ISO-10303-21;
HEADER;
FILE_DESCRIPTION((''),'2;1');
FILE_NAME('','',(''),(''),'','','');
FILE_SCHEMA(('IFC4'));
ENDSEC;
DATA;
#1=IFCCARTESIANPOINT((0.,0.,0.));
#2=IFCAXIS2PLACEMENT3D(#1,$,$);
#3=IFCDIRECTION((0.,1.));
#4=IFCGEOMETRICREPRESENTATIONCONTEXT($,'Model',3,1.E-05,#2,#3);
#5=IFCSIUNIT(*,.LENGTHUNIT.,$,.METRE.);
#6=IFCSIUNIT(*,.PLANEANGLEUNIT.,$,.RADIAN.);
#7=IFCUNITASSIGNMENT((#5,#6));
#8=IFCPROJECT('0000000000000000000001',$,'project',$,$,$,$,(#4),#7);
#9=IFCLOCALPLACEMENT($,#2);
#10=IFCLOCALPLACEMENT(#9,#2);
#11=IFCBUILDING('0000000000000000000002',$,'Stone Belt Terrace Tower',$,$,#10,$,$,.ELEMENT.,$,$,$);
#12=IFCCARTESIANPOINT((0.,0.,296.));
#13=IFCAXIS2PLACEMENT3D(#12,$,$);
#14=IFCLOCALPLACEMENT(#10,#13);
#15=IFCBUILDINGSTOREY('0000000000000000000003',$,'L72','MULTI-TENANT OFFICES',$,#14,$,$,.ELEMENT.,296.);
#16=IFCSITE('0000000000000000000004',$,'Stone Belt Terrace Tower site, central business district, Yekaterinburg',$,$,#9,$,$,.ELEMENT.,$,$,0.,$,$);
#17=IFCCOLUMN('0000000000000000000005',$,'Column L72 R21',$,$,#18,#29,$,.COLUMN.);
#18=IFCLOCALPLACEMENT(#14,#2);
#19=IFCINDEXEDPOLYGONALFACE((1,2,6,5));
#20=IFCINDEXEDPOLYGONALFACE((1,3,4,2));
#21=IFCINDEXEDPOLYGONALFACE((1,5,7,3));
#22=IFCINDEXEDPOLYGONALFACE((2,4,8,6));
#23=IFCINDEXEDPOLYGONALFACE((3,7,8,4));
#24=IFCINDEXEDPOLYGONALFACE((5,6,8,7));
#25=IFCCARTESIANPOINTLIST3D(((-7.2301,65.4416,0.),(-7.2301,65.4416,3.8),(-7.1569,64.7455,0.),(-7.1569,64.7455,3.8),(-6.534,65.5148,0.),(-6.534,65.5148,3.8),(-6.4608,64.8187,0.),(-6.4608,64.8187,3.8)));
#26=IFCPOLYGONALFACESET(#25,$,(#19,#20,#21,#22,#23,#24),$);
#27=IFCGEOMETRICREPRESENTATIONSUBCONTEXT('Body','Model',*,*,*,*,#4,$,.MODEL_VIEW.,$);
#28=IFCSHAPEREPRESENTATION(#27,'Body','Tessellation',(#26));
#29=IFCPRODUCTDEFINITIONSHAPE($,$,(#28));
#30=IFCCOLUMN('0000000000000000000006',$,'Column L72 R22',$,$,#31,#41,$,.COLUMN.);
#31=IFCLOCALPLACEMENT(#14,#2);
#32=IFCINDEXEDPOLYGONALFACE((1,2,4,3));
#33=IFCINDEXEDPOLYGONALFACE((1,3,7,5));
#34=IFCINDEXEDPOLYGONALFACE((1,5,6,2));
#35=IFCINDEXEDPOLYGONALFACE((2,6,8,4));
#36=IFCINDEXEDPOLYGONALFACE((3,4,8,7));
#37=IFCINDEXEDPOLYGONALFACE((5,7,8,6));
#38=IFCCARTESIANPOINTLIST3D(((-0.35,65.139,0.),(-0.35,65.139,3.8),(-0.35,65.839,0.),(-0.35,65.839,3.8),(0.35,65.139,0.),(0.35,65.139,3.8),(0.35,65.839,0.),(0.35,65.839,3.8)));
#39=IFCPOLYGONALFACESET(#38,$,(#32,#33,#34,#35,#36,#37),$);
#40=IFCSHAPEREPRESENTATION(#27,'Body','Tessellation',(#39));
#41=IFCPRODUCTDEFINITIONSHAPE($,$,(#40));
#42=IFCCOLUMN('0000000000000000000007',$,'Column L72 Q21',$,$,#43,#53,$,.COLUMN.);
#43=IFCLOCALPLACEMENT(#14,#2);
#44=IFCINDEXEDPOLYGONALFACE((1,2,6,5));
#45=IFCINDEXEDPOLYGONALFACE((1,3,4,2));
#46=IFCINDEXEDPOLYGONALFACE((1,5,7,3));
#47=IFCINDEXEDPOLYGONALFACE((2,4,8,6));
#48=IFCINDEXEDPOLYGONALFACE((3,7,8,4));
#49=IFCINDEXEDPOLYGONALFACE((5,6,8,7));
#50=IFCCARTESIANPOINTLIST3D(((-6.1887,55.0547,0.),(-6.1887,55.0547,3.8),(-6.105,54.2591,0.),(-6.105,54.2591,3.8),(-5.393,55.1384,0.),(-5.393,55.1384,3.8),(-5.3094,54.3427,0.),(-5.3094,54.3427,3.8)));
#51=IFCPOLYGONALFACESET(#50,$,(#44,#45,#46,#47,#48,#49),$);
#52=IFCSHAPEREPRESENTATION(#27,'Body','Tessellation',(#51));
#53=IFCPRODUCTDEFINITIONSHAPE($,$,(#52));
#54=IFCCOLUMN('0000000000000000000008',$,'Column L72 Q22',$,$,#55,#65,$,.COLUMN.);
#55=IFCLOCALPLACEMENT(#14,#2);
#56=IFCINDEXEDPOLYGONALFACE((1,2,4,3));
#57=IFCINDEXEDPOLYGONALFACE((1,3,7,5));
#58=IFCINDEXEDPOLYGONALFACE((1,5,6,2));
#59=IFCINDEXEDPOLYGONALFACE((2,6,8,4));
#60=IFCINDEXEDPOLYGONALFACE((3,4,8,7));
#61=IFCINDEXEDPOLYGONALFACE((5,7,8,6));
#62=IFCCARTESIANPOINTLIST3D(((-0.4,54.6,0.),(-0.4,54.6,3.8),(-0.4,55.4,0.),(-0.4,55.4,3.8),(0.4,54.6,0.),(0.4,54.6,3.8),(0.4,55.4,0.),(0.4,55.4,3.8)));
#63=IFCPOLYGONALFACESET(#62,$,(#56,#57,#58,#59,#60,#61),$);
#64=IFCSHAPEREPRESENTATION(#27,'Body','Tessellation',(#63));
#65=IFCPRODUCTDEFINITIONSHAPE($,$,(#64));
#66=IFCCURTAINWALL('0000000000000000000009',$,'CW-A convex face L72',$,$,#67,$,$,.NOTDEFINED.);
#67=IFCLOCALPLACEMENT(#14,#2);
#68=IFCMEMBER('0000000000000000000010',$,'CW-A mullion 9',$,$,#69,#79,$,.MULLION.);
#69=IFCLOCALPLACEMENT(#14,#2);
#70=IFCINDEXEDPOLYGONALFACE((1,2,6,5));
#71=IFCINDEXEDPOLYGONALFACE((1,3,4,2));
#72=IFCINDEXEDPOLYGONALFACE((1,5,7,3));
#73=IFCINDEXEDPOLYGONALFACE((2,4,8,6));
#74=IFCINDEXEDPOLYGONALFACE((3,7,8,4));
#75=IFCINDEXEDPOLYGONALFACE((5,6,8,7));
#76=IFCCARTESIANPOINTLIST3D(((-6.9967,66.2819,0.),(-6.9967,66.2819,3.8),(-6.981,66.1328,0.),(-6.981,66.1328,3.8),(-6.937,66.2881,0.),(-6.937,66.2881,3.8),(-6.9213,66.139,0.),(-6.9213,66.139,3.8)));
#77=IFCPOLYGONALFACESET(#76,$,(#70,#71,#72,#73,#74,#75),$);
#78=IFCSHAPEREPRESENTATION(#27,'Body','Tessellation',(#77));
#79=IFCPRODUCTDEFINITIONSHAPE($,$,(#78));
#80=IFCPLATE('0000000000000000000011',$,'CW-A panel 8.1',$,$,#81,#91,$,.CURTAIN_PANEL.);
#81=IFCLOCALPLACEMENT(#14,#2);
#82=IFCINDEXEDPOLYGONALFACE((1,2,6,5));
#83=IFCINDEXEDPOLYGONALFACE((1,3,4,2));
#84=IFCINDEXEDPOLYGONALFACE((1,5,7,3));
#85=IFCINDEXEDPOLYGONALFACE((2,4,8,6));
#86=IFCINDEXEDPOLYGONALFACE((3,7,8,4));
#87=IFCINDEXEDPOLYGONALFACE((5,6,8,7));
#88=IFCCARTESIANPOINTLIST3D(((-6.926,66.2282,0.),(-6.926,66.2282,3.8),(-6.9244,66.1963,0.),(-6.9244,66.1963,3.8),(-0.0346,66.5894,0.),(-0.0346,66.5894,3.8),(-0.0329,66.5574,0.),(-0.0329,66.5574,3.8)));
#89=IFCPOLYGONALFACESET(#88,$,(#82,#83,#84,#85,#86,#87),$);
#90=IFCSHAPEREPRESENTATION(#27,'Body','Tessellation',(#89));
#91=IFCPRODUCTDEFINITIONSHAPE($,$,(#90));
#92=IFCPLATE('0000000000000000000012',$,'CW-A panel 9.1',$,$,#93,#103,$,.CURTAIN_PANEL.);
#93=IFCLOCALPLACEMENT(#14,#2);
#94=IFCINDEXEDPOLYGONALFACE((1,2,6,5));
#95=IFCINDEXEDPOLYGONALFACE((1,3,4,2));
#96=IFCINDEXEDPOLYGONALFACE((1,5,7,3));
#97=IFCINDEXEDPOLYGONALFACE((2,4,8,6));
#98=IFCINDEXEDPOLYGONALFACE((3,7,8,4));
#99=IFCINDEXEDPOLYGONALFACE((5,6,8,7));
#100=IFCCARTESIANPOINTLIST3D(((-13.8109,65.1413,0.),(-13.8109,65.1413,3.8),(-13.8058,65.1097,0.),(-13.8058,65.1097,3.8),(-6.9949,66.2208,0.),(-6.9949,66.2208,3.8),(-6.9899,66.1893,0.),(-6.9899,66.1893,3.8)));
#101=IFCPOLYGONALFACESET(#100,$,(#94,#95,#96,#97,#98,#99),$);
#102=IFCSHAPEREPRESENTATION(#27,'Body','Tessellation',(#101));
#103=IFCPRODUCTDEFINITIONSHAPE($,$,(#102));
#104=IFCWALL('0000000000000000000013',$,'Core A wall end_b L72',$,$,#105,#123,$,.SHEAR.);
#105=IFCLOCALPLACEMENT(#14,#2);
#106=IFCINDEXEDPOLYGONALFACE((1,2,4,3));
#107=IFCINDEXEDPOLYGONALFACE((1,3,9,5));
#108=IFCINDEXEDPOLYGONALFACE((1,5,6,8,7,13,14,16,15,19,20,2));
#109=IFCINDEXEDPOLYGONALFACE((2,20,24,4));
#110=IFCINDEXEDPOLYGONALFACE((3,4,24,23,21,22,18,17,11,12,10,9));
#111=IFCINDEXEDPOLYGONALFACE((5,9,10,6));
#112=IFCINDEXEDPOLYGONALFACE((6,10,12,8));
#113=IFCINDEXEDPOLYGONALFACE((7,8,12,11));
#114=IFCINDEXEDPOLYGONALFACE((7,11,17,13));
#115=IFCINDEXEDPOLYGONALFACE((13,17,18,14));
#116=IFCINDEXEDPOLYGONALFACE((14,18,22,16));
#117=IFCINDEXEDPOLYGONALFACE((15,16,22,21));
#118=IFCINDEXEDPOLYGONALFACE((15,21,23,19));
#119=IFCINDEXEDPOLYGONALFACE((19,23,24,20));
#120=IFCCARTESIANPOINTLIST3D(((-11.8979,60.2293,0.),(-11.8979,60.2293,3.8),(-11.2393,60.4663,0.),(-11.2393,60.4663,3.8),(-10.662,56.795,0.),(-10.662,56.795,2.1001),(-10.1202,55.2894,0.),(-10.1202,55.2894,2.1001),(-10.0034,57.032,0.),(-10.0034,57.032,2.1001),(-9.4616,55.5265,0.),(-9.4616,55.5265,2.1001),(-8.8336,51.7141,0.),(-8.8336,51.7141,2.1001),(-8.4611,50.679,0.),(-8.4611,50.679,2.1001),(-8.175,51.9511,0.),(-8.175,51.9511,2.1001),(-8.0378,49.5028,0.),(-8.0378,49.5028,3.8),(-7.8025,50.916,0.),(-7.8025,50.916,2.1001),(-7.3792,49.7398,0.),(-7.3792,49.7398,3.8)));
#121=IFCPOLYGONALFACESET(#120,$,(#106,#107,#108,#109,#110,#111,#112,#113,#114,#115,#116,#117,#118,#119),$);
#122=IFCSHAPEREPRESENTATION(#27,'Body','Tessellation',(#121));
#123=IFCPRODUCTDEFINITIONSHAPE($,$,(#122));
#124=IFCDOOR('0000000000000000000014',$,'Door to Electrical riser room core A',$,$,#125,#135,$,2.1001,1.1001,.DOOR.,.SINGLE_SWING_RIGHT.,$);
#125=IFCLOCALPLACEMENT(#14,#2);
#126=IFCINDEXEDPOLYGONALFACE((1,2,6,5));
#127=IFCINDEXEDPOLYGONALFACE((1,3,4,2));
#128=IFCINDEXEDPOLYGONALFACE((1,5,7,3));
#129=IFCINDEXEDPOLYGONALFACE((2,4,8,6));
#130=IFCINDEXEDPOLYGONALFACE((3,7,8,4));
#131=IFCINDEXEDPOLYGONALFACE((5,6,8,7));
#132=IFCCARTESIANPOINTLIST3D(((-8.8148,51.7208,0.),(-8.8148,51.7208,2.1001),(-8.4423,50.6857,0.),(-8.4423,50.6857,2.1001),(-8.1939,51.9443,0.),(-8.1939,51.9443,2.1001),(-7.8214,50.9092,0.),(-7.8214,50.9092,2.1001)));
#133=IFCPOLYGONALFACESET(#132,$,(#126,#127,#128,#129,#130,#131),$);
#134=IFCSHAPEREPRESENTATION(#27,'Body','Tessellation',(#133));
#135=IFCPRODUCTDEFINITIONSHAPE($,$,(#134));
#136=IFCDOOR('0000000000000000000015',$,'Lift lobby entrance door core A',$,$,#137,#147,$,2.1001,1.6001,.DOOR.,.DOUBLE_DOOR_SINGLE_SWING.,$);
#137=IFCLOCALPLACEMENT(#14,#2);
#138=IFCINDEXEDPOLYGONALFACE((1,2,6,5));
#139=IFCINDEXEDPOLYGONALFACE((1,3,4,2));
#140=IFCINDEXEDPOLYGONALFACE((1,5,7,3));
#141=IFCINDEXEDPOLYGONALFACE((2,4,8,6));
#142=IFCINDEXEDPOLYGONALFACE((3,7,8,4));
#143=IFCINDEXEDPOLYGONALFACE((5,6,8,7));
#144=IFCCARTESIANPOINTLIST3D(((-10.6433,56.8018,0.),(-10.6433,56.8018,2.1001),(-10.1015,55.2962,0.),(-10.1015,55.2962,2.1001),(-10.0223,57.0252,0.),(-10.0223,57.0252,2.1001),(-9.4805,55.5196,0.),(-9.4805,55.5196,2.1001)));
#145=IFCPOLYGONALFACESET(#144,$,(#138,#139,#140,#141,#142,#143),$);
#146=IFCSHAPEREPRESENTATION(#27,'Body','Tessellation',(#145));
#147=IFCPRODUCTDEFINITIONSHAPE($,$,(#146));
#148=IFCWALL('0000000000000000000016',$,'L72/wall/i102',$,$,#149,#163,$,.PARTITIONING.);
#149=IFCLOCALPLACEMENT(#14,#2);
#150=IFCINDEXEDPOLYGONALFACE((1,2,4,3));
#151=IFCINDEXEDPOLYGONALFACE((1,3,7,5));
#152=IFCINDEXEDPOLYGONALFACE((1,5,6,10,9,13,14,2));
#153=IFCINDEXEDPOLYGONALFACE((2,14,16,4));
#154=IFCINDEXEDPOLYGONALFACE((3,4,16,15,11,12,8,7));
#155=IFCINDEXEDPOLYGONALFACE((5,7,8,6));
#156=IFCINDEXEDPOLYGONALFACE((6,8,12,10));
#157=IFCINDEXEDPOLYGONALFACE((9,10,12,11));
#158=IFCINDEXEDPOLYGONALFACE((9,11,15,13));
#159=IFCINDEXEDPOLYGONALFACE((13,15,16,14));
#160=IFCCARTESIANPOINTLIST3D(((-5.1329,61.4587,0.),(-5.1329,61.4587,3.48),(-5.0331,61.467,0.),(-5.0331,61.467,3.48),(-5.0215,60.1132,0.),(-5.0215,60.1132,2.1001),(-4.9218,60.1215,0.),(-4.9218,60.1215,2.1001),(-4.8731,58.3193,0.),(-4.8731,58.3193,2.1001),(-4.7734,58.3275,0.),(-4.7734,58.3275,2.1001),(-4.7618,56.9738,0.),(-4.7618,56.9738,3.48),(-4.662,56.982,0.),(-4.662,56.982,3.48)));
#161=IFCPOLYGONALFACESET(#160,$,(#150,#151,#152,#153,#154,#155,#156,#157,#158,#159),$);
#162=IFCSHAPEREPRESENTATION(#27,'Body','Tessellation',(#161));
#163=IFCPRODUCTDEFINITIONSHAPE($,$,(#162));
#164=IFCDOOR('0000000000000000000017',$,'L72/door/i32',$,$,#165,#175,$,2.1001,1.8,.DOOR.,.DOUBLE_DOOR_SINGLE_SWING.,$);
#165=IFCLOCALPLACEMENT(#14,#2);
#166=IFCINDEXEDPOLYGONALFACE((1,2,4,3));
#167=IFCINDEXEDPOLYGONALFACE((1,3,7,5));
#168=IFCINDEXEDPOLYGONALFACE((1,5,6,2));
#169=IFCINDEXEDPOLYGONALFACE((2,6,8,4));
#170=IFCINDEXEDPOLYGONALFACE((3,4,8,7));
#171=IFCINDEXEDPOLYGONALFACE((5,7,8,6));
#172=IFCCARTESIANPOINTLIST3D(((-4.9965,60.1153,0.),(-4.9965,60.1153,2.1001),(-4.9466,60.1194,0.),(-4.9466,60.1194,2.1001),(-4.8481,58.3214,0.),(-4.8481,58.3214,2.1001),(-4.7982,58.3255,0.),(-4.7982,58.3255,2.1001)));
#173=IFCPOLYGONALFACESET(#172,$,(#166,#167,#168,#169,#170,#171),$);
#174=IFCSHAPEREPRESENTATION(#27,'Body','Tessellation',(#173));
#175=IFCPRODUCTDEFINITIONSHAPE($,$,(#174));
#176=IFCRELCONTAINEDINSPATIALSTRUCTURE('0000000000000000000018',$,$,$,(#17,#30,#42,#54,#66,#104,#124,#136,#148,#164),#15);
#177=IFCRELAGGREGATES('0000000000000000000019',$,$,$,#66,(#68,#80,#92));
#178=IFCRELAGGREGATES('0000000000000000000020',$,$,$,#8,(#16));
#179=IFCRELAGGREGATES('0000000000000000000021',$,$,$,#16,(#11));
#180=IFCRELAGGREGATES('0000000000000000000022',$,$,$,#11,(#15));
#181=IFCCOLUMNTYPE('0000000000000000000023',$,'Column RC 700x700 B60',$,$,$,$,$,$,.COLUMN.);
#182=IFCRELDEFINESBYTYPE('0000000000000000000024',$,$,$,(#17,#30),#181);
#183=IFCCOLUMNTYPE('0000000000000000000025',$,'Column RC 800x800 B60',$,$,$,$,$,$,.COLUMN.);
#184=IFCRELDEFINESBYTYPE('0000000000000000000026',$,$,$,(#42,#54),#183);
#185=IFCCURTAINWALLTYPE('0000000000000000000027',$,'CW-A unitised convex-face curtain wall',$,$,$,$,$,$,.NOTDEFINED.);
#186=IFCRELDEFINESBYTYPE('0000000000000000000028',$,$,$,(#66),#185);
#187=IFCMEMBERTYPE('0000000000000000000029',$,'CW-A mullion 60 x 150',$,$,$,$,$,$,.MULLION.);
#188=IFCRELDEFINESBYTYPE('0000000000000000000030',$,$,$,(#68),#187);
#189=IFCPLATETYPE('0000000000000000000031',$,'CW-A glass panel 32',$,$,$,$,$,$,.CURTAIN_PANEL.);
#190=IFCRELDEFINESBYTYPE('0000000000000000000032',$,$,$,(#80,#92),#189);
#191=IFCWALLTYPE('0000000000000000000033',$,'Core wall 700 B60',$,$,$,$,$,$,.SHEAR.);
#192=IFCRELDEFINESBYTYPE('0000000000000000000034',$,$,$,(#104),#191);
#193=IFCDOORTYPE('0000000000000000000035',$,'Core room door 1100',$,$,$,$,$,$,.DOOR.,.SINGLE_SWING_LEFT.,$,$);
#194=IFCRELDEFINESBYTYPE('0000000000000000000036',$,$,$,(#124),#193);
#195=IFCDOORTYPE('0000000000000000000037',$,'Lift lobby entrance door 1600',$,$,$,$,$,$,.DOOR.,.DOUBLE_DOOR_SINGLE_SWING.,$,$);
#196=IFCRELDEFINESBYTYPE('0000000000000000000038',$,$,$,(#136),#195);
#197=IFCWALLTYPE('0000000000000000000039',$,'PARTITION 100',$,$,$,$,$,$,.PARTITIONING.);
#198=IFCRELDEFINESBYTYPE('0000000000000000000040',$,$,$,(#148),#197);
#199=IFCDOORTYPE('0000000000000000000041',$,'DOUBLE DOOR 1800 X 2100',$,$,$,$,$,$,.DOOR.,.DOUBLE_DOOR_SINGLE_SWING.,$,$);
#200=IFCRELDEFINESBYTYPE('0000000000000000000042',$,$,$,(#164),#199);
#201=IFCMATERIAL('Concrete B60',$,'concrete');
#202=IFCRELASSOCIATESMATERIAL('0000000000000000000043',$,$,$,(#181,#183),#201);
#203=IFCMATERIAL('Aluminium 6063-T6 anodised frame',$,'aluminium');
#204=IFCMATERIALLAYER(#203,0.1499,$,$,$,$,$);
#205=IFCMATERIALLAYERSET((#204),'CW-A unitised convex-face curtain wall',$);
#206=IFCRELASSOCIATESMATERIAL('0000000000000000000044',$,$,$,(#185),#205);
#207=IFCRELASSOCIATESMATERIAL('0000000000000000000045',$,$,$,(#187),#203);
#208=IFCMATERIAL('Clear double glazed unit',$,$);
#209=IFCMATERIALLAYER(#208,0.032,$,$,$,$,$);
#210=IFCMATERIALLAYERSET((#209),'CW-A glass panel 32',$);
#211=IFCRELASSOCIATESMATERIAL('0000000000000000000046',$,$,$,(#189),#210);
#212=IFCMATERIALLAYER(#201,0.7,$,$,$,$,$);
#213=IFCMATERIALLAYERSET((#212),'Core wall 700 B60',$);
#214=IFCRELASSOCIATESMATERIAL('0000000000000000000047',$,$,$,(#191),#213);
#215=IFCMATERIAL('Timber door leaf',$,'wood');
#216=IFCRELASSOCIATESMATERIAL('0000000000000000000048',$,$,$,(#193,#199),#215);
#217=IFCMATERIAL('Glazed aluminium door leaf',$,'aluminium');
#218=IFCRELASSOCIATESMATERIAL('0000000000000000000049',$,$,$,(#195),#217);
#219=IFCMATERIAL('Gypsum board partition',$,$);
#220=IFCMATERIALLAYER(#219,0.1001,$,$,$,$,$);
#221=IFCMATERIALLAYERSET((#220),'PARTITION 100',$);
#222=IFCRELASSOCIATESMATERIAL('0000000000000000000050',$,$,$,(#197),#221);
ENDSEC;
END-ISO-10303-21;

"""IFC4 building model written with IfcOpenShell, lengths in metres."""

from ifc_helpers import new_model, si_unit, direction, frame, frame_2d, origin, origin_2d, place, context, subcontext, project, spatial, rectangle, extrude, material, layer, layer_set, material_profile, profile_set, type_object, element, fill, aggregate, save


model = new_model("IFC4")

# Units and contexts
model_context = context("Model", 3, precision=1e-05, world=origin(), true_north=direction((0.0, 1.0)))
body_context = subcontext(model_context, "Body", "Model", "MODEL_VIEW")
ifc_project = project(units=[si_unit("LENGTHUNIT", "METRE"), si_unit("PLANEANGLEUNIT", "RADIAN")], contexts=[model_context])

# Site, building, storey
site_placement = place(None, origin())
site = spatial("IfcSite", under=ifc_project, at=site_placement, Name="Stone Belt Terrace Tower site, central business district, Yekaterinburg", CompositionType="ELEMENT", RefElevation=0.0)
building_placement = place(site_placement, origin())
building = spatial("IfcBuilding", under=site, at=building_placement, Name="Stone Belt Terrace Tower", CompositionType="ELEMENT")
storey_placement = place(building_placement, frame((0.0, 0.0, 296.0)))
storey = spatial("IfcBuildingStorey", under=building, at=storey_placement, Name="L72", Description="MULTI-TENANT OFFICES", CompositionType="ELEMENT", Elevation=296.0)

# Columns
ifc_material_1 = material(Name="Concrete B60", Category="concrete")
ifc_material_profile_1 = material_profile(ifc_material_1, rectangle(XDim=0.7, YDim=0.7, at=origin_2d()), Name="RC 700x700")
ifc_profile_set_1 = profile_set([ifc_material_profile_1], Name="Concrete B60")
column_type_1 = type_object("IfcColumnType", Name="Column RC 700x700 B60", PredefinedType="COLUMN", material=ifc_profile_set_1)
for number, where, z_axis, x_axis, name in (
    (1, (-6.8455, 65.1301, 0.0), (0.0, 0.0, 1.0), (0.994522, 0.104528, 0.0), "Column L72 R21"),
    (2, (0.0, 65.489, 0.0), (0.0, 0.0, 1.0), (1.0, 0.0, 0.0), "Column L72 R22"),
):
    element("IfcColumn", number, at=place(storey_placement, frame(where, z_axis=z_axis, x_axis=x_axis)), inside=storey, type_object=column_type_1, Name=name, PredefinedType="COLUMN", context=body_context, shape_type="SweptSolid", body=[
        extrude(rectangle(XDim=0.7, YDim=0.7, at=origin_2d()), origin(), (0.0, 0.0, 1.0), 3.8),
    ])
ifc_material_profile_2 = material_profile(ifc_material_1, rectangle(XDim=0.8, YDim=0.8, at=origin_2d()), Name="RC 800x800")
ifc_profile_set_2 = profile_set([ifc_material_profile_2], Name="Concrete B60")
column_type_2 = type_object("IfcColumnType", Name="Column RC 800x800 B60", PredefinedType="COLUMN", material=ifc_profile_set_2)
for number, where, z_axis, x_axis, name in (
    (3, (-5.749, 54.6987, 0.0), (0.0, 0.0, 1.0), (0.994522, 0.104528, 0.0), "Column L72 Q21"),
    (4, (0.0, 55.0, 0.0), (0.0, 0.0, 1.0), (1.0, 0.0, 0.0), "Column L72 Q22"),
):
    element("IfcColumn", number, at=place(storey_placement, frame(where, z_axis=z_axis, x_axis=x_axis)), inside=storey, type_object=column_type_2, Name=name, PredefinedType="COLUMN", context=body_context, shape_type="SweptSolid", body=[
        extrude(rectangle(XDim=0.8, YDim=0.8, at=origin_2d()), origin(), (0.0, 0.0, 1.0), 3.8),
    ])

# Curtain wall, member, plates
ifc_material_2 = material(Name="Aluminium 6063-T6 anodised frame", Category="aluminium")
ifc_layer_1 = layer(ifc_material_2, 0.1499)
ifc_layer_set_1 = layer_set([ifc_layer_1], Name="CW-A unitised convex-face curtain wall")
curtain_wall_type = type_object("IfcCurtainWallType", Name="CW-A unitised convex-face curtain wall", PredefinedType="NOTDEFINED", material=ifc_layer_set_1)
curtain_wall_placement = place(storey_placement, origin())
curtain_wall = element("IfcCurtainWall", 5, at=curtain_wall_placement, inside=storey, type_object=curtain_wall_type, Name="CW-A convex face L72", PredefinedType="NOTDEFINED")
ifc_material_profile_3 = material_profile(ifc_material_2, rectangle(XDim=0.1499, YDim=0.0601, at=origin_2d()), Name="Aluminium 6063-T6 60x150")
ifc_profile_set_3 = profile_set([ifc_material_profile_3], Name="Aluminium 6063-T6 anodised frame")
member_type = type_object("IfcMemberType", Name="CW-A mullion 60 x 150", PredefinedType="MULLION", material=ifc_profile_set_3)
member_placement = place(storey_placement, frame((-6.959, 66.2104, 0.0), z_axis=(0.0, 0.0, 1.0), x_axis=(0.104528, -0.994522, 0.0)))
member = element("IfcMember", 6, at=member_placement, type_object=member_type, Name="CW-A mullion 9", PredefinedType="MULLION", context=body_context, shape_type="SweptSolid", body=[
    extrude(rectangle(XDim=0.1499, YDim=0.0601, at=origin_2d()), origin(), (0.0, 0.0, 1.0), 3.8),
])
ifc_material_3 = material(Name="Clear double glazed unit")
ifc_layer_2 = layer(ifc_material_3, 0.032)
ifc_layer_set_2 = layer_set([ifc_layer_2], Name="CW-A glass panel 32")
plate_type = type_object("IfcPlateType", Name="CW-A glass panel 32", PredefinedType="CURTAIN_PANEL", material=ifc_layer_set_2)
plate_1_placement = place(storey_placement, frame((-3.4795, 66.3928, 0.0), z_axis=(0.0, 0.0, 1.0), x_axis=(-0.99863, -0.052336, 0.0)))
plate_1 = element("IfcPlate", 7, at=plate_1_placement, type_object=plate_type, Name="CW-A panel 8.1", PredefinedType="CURTAIN_PANEL", context=body_context, shape_type="SweptSolid", body=[
    extrude(rectangle(XDim=6.9009, YDim=0.032, at=origin_2d()), origin(), (0.0, 0.0, 1.0), 3.8),
])
plate_2_placement = place(storey_placement, frame((-10.4004, 65.6653, 0.0), z_axis=(0.0, 0.0, 1.0), x_axis=(-0.987688, -0.156434, 0.0)))
plate_2 = element("IfcPlate", 8, at=plate_2_placement, type_object=plate_type, Name="CW-A panel 9.1", PredefinedType="CURTAIN_PANEL", context=body_context, shape_type="SweptSolid", body=[
    extrude(rectangle(XDim=6.9009, YDim=0.032, at=origin_2d()), origin(), (0.0, 0.0, 1.0), 3.8),
])
aggregate(curtain_wall, [member, plate_1, plate_2])

# Wall, openings, doors
ifc_layer_3 = layer(ifc_material_1, 0.7)
ifc_layer_set_3 = layer_set([ifc_layer_3], Name="Core wall 700 B60")
wall_type_1 = type_object("IfcWallType", Name="Core wall 700 B60", PredefinedType="SHEAR", material=ifc_layer_set_3)
wall_1_placement = place(storey_placement, frame((-7.7085, 49.6213, 0.0), z_axis=(0.0, 0.0, 1.0), x_axis=(-0.338606, 0.940928, 0.0)))
wall_1 = element("IfcWall", 9, at=wall_1_placement, inside=storey, type_object=wall_type_1, Name="Core A wall end_b L72", PredefinedType="SHEAR", context=body_context, shape_type="SweptSolid", body=[
    extrude(rectangle(XDim=11.3999, YDim=0.7, at=frame_2d((5.7, 0.0))), origin(), (0.0, 0.0, 1.0), 3.8),
])
opening_1_placement = place(wall_1_placement, frame((6.1499, 0.0, 0.0)))
opening_1 = element("IfcOpeningElement", 10, at=opening_1_placement, cuts=wall_1, PredefinedType="OPENING", context=body_context, shape_type="SweptSolid", body=[
    extrude(rectangle(XDim=1.6001, YDim=2.1001, at=frame_2d((0.8, 1.05))), frame((0.0, 0.3599, 0.0), z_axis=(0.0, -1.0, 0.0), x_axis=(1.0, 0.0, 0.0)), (0.0, 0.0, 1.0), 0.72),
])
opening_2_placement = place(wall_1_placement, frame((1.25, 0.0, 0.0)))
opening_2 = element("IfcOpeningElement", 11, at=opening_2_placement, cuts=wall_1, PredefinedType="OPENING", context=body_context, shape_type="SweptSolid", body=[
    extrude(rectangle(XDim=1.1001, YDim=2.1001, at=frame_2d((0.55, 1.05))), frame((0.0, 0.3599, 0.0), z_axis=(0.0, -1.0, 0.0), x_axis=(1.0, 0.0, 0.0)), (0.0, 0.0, 1.0), 0.72),
])
ifc_material_4 = material(Name="Timber door leaf", Category="wood")
door_type_1 = type_object("IfcDoorType", Name="Core room door 1100", OperationType="SINGLE_SWING_LEFT", PredefinedType="DOOR", material=ifc_material_4)
door_1_placement = place(opening_2_placement, origin())
door_1 = element("IfcDoor", 12, at=door_1_placement, inside=storey, type_object=door_type_1, Name="Door to Electrical riser room core A", OperationType="SINGLE_SWING_RIGHT", OverallHeight=2.1001, OverallWidth=1.1001, PredefinedType="DOOR", context=body_context, shape_type="SweptSolid", body=[
    extrude(rectangle(XDim=1.1001, YDim=2.1001, at=frame_2d((0.55, 1.05))), frame((0.0, 0.3301, 0.0), z_axis=(0.0, -1.0, 0.0), x_axis=(1.0, 0.0, 0.0)), (0.0, 0.0, 1.0), 0.6599),
])
fill(opening_2, door_1)
ifc_material_5 = material(Name="Glazed aluminium door leaf", Category="aluminium")
door_type_2 = type_object("IfcDoorType", Name="Lift lobby entrance door 1600", OperationType="DOUBLE_DOOR_SINGLE_SWING", PredefinedType="DOOR", material=ifc_material_5)
door_2_placement = place(opening_1_placement, origin())
door_2 = element("IfcDoor", 13, at=door_2_placement, inside=storey, type_object=door_type_2, Name="Lift lobby entrance door core A", OperationType="DOUBLE_DOOR_SINGLE_SWING", OverallHeight=2.1001, OverallWidth=1.6001, PredefinedType="DOOR", context=body_context, shape_type="SweptSolid", body=[
    extrude(rectangle(XDim=1.6001, YDim=2.1001, at=frame_2d((0.8, 1.05))), frame((0.0, 0.3301, 0.0), z_axis=(0.0, -1.0, 0.0), x_axis=(1.0, 0.0, 0.0)), (0.0, 0.0, 1.0), 0.6599),
])
fill(opening_1, door_2)

# Wall, opening, door
ifc_material_6 = material(Name="Gypsum board partition")
ifc_layer_4 = layer(ifc_material_6, 0.1001)
ifc_layer_set_4 = layer_set([ifc_layer_4], Name="PARTITION 100")
wall_type_2 = type_object("IfcWallType", Name="PARTITION 100", PredefinedType="PARTITIONING", material=ifc_layer_set_4)
wall_2_placement = place(storey_placement, frame((-4.7119, 56.978, 0.0), z_axis=(0.0, 0.0, 1.0), x_axis=(-0.082462, 0.996594, 0.0)))
wall_2 = element("IfcWall", 14, at=wall_2_placement, inside=storey, type_object=wall_type_2, Name="L72/wall/i102", PredefinedType="PARTITIONING", context=body_context, shape_type="SweptSolid", body=[
    extrude(rectangle(XDim=4.5002, YDim=0.1001, at=frame_2d((2.25, 0.0))), origin(), (0.0, 0.0, 1.0), 3.48),
])
opening_3_placement = place(wall_2_placement, frame((1.3501, 0.0, 0.0)))
opening_3 = element("IfcOpeningElement", 15, at=opening_3_placement, cuts=wall_2, PredefinedType="OPENING", context=body_context, shape_type="SweptSolid", body=[
    extrude(rectangle(XDim=1.8, YDim=2.1001, at=frame_2d((0.8999, 1.05))), frame((0.0, 0.0601, 0.0), z_axis=(0.0, -1.0, 0.0), x_axis=(1.0, 0.0, 0.0)), (0.0, 0.0, 1.0), 0.1201),
])
door_type_3 = type_object("IfcDoorType", Name="DOUBLE DOOR 1800 X 2100", OperationType="DOUBLE_DOOR_SINGLE_SWING", PredefinedType="DOOR", material=ifc_material_4)
door_3_placement = place(opening_3_placement, origin())
door_3 = element("IfcDoor", 16, at=door_3_placement, inside=storey, type_object=door_type_3, Name="L72/door/i32", OperationType="DOUBLE_DOOR_SINGLE_SWING", OverallHeight=2.1001, OverallWidth=1.8, PredefinedType="DOOR", context=body_context, shape_type="SweptSolid", body=[
    extrude(rectangle(XDim=1.8, YDim=2.1001, at=frame_2d((0.8999, 1.05))), frame((0.0, 0.0249, 0.0), z_axis=(0.0, -1.0, 0.0), x_axis=(1.0, 0.0, 0.0)), (0.0, 0.0, 1.0), 0.05),
])
fill(opening_3, door_3)

save(model, "model.ifc")
